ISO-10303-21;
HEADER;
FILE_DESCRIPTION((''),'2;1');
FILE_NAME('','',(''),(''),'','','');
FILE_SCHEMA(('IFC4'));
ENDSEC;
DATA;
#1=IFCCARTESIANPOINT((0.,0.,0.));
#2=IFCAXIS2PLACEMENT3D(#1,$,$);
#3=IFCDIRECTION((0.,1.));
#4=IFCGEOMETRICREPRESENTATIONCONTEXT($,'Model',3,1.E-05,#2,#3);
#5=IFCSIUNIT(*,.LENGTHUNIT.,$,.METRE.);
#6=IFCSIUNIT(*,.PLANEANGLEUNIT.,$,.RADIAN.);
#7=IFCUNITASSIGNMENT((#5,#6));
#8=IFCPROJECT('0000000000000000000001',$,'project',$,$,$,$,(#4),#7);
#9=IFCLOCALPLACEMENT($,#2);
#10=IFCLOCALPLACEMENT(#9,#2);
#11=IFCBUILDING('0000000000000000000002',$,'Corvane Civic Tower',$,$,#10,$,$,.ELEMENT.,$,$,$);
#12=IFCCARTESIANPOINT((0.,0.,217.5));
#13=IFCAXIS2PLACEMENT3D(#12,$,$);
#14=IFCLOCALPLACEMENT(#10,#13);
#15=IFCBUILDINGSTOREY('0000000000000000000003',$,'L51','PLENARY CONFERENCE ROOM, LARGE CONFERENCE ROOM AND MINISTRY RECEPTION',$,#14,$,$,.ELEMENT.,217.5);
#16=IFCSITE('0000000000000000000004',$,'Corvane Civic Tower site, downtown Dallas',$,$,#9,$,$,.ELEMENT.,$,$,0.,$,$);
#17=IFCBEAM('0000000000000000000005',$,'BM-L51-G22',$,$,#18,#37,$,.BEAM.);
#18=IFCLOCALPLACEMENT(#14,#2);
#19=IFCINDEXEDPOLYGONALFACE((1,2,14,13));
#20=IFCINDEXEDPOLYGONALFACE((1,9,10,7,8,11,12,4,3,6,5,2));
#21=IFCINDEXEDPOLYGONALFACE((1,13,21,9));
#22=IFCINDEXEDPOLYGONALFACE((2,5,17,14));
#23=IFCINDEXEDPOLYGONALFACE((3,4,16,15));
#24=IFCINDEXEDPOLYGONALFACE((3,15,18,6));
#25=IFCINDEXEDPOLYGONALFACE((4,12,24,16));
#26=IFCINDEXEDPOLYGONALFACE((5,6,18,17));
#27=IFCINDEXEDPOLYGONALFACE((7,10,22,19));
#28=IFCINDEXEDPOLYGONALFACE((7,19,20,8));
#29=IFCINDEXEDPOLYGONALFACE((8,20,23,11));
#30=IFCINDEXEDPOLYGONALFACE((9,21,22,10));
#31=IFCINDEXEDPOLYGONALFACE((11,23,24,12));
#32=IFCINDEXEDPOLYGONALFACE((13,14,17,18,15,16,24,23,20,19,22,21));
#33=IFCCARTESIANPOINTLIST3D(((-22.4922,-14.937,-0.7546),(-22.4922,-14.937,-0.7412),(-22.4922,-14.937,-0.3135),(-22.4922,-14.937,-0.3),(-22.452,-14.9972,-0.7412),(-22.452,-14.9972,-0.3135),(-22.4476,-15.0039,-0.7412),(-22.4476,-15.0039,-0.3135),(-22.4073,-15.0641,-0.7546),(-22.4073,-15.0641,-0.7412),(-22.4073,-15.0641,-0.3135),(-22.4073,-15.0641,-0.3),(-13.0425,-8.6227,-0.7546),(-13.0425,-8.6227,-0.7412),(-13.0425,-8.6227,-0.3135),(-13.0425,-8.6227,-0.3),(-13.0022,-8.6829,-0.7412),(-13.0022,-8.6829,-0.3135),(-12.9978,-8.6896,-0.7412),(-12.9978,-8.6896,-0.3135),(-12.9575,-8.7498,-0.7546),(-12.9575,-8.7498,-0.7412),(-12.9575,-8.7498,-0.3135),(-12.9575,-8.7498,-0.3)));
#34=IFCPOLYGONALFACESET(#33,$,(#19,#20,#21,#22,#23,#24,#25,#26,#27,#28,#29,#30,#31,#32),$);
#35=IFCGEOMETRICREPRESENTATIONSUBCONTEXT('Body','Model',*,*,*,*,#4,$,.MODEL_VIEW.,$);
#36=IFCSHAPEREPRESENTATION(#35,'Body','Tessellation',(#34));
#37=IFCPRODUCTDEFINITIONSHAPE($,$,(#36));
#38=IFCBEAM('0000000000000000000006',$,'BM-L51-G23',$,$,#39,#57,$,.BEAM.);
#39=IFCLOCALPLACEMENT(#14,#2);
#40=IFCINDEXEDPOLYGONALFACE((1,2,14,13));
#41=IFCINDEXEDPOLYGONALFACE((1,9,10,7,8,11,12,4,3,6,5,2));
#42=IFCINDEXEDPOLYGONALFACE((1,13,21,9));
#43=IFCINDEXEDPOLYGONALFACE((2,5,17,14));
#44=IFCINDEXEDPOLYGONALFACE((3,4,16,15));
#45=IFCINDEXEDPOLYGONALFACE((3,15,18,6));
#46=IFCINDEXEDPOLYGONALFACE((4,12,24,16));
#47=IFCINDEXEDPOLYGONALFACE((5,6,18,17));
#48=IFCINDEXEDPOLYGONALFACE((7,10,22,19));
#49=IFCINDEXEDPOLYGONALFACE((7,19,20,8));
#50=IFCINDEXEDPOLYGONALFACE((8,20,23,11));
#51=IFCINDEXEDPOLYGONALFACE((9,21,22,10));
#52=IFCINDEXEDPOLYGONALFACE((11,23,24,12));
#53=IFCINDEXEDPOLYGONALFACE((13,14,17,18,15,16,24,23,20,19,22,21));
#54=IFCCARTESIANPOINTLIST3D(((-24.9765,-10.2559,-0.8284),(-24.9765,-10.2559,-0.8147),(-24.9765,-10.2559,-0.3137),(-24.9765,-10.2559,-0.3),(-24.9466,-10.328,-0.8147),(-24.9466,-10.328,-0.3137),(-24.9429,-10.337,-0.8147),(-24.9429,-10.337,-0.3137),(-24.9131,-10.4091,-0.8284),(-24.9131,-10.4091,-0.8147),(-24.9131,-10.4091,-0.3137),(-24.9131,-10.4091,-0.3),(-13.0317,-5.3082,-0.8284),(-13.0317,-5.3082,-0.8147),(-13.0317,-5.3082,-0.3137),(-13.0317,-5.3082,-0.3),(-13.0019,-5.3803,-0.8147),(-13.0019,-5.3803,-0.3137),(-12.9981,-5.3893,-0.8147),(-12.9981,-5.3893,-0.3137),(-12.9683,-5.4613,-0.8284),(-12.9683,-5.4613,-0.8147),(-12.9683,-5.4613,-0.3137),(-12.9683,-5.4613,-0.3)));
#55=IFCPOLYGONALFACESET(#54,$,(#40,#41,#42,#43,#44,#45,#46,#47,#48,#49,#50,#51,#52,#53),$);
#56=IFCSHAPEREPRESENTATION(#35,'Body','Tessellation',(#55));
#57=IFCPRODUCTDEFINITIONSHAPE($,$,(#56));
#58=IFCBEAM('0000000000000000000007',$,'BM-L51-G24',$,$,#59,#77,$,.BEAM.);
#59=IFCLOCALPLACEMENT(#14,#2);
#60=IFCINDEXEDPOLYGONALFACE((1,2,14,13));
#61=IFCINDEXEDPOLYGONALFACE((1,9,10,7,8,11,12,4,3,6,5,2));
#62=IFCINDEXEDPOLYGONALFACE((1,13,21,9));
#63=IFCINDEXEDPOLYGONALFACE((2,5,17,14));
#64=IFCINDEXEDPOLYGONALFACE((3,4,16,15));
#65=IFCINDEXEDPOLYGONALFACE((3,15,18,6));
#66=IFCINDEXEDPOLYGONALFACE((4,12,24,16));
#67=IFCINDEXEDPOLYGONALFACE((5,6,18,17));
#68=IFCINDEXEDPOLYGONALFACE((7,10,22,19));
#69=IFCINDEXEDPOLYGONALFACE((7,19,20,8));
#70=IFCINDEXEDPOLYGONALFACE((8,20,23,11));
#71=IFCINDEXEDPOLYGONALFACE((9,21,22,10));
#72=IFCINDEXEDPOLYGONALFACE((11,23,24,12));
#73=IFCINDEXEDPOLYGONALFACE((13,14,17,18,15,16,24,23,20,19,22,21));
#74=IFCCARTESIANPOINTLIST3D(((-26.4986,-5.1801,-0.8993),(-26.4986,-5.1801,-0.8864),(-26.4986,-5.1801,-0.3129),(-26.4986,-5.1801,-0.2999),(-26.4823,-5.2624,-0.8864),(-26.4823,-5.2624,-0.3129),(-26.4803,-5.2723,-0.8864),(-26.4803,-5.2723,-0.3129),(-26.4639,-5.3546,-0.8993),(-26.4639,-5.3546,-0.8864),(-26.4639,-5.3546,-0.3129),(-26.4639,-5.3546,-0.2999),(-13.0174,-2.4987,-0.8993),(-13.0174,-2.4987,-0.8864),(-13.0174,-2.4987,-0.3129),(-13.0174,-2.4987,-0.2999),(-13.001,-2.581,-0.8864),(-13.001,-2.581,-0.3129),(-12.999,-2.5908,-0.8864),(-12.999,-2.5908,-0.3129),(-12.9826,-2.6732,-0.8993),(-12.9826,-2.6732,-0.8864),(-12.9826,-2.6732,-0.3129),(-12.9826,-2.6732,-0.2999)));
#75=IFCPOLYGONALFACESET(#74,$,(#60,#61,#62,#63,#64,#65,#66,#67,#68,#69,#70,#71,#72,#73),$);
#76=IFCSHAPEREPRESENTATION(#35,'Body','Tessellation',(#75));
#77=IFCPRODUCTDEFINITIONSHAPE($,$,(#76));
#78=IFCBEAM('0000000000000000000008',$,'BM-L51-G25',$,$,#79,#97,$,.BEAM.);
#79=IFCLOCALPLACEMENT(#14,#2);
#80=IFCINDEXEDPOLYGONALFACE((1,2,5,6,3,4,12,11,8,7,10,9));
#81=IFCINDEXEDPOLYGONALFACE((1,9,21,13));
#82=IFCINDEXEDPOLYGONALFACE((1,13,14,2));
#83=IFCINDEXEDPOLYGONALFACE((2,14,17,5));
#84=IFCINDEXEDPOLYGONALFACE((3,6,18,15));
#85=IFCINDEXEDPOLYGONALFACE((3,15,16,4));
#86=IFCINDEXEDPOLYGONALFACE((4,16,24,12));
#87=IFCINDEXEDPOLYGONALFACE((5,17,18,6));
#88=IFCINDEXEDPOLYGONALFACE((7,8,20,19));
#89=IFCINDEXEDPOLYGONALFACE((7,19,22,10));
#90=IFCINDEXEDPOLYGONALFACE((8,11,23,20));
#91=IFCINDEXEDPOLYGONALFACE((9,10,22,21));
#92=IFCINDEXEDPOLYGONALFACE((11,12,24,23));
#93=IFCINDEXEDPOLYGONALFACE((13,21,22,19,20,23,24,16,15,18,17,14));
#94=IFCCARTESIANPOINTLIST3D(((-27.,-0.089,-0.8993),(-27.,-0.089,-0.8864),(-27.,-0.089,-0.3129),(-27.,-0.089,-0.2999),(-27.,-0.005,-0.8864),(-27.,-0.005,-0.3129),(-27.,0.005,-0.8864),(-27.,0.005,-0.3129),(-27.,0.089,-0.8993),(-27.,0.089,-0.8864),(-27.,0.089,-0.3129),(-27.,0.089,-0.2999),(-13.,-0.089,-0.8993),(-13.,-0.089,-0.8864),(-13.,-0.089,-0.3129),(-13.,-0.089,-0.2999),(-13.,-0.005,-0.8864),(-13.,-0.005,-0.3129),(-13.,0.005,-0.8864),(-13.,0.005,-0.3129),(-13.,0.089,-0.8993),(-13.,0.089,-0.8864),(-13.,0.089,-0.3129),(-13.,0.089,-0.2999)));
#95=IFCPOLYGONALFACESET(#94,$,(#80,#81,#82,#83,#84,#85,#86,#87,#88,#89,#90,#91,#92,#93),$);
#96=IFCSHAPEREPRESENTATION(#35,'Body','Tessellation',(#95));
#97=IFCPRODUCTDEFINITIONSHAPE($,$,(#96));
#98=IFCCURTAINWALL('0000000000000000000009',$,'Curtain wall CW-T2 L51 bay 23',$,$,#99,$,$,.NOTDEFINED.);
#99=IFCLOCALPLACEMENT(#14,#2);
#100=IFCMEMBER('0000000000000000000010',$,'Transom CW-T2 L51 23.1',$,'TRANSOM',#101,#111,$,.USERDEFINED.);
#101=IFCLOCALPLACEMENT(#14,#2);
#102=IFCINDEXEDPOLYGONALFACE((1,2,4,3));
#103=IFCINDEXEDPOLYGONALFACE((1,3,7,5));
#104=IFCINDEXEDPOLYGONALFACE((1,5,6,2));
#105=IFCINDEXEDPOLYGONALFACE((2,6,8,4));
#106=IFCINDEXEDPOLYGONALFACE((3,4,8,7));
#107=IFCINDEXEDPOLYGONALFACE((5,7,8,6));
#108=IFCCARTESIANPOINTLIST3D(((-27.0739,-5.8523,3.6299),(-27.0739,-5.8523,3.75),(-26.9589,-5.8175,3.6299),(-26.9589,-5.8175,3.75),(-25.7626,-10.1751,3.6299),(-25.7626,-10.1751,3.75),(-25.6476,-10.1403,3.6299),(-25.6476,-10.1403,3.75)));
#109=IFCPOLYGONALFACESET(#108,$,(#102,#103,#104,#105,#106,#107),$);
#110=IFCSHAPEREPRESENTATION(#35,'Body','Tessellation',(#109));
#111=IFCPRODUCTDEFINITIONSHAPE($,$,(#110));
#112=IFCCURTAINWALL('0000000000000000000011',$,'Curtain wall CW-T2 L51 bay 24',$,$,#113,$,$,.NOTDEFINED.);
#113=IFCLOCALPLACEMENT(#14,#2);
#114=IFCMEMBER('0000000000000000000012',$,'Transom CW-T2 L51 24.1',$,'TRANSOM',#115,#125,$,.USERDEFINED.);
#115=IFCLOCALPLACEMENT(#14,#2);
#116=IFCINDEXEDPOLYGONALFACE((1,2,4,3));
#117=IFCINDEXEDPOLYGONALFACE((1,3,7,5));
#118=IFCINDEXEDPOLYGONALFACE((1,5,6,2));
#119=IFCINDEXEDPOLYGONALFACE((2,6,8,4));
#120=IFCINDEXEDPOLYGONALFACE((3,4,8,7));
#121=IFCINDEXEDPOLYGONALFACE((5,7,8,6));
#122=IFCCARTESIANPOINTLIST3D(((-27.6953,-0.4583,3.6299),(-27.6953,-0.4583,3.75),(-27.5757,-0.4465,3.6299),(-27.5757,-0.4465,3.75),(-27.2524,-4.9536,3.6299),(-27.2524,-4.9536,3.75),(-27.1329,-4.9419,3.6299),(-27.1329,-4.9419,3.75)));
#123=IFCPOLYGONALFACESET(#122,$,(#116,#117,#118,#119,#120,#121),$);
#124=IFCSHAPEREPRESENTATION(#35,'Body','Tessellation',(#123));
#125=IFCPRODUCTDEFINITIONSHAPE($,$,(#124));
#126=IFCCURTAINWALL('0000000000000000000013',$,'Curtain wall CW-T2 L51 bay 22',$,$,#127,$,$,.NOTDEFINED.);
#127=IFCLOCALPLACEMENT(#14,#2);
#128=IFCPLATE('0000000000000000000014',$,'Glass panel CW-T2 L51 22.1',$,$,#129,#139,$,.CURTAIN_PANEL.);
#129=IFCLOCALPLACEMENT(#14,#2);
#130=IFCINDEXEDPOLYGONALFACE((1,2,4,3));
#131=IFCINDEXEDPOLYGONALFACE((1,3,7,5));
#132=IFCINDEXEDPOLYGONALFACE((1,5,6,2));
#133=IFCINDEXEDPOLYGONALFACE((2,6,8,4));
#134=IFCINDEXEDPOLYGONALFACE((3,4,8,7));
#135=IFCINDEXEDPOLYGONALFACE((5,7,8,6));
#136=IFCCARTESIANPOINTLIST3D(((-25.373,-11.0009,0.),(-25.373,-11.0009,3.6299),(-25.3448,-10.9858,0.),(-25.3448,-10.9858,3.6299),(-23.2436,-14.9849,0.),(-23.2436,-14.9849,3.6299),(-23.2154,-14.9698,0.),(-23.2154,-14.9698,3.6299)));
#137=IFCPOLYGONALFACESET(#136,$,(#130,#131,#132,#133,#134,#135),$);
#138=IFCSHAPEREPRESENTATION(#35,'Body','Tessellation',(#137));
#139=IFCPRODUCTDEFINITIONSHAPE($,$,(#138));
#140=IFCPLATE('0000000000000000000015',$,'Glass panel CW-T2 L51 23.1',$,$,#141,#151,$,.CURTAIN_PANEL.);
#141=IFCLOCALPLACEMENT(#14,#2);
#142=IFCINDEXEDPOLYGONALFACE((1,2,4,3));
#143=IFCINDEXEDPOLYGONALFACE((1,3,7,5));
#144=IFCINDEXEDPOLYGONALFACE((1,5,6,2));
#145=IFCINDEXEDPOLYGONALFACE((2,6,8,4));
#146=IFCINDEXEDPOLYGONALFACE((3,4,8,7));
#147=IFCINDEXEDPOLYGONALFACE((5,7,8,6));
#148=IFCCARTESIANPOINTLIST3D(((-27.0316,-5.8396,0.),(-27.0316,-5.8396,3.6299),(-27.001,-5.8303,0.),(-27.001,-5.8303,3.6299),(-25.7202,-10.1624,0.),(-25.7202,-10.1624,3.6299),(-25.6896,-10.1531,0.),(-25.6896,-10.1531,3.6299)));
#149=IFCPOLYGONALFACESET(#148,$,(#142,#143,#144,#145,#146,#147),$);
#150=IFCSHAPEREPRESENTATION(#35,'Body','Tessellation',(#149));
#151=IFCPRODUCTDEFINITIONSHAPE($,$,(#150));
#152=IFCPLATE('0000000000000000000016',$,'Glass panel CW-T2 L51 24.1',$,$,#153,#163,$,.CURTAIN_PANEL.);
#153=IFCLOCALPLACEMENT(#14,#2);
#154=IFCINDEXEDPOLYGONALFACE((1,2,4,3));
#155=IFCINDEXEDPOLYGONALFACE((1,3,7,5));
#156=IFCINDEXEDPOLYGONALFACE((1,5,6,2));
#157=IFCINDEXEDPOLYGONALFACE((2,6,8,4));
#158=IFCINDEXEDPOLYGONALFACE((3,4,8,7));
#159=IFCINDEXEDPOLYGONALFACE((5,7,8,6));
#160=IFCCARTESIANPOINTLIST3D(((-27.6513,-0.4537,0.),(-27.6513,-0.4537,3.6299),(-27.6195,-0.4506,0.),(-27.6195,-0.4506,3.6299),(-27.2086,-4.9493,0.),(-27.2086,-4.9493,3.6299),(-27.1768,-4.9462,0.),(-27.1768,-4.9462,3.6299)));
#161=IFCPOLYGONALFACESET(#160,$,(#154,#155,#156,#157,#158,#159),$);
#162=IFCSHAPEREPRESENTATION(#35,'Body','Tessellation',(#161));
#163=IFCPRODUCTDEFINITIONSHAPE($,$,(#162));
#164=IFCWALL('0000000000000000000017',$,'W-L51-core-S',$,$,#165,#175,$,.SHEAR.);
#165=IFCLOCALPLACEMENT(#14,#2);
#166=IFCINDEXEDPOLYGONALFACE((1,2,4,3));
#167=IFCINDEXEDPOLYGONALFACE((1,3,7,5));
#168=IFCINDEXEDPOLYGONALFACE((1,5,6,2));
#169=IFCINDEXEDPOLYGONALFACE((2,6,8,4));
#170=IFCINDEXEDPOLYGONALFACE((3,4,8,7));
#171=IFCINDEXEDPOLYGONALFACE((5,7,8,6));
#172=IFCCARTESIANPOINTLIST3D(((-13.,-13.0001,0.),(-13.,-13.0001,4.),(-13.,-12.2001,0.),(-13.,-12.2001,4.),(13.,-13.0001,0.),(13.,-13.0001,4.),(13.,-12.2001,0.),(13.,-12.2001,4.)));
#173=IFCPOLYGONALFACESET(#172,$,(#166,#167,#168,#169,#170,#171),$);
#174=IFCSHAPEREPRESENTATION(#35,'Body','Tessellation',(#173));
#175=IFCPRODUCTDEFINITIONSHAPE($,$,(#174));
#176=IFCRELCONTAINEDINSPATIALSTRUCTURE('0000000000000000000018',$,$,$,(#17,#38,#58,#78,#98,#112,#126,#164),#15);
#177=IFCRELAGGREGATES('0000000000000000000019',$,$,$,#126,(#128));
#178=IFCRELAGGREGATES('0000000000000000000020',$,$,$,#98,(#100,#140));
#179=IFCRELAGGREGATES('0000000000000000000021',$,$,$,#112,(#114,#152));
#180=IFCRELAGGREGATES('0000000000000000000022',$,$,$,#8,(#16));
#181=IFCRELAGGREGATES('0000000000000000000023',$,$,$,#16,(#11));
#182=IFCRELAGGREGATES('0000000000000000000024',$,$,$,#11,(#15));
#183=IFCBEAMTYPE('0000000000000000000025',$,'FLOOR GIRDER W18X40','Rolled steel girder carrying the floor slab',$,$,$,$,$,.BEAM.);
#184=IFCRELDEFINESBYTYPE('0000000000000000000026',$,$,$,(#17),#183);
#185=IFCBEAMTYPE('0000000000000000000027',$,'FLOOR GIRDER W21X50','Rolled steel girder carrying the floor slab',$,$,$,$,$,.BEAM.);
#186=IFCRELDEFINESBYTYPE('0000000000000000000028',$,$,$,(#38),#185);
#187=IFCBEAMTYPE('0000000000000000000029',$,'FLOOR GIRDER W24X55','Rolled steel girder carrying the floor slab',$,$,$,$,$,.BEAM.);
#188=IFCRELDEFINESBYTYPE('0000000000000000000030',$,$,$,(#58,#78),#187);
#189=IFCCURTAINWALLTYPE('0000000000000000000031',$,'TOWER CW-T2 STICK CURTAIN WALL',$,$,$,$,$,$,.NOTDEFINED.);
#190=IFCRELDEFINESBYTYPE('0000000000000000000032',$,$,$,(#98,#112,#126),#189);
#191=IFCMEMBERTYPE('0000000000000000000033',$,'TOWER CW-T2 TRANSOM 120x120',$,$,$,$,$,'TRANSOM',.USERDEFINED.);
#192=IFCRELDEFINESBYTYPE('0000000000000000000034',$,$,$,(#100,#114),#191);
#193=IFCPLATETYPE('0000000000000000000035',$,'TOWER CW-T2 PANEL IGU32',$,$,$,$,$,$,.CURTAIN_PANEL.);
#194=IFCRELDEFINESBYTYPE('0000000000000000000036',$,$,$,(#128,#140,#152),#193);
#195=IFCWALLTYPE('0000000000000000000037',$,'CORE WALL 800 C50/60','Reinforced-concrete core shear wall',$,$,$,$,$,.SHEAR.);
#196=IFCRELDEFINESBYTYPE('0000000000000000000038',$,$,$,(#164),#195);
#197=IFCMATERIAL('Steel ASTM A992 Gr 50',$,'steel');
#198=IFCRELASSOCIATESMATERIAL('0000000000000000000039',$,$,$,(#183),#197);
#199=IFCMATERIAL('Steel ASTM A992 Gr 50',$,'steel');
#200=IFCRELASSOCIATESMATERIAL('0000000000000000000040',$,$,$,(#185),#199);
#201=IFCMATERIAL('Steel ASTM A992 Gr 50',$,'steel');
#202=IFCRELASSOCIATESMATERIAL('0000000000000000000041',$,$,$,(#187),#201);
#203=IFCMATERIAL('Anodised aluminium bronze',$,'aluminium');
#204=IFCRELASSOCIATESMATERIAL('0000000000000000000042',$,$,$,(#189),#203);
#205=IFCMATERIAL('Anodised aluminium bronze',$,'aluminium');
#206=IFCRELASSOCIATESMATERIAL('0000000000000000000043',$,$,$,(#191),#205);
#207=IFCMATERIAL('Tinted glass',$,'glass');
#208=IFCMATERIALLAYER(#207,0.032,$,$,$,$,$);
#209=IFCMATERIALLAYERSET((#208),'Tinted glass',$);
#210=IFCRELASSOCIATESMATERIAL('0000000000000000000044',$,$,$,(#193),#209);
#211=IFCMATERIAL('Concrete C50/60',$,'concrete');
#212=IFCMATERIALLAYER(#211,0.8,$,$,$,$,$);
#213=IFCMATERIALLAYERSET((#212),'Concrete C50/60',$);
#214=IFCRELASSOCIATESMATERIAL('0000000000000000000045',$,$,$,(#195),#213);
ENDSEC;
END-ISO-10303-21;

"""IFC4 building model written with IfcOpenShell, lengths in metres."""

from ifc_helpers import new_model, si_unit, direction, frame, frame_2d, origin, origin_2d, place, context, subcontext, project, spatial, rectangle, i_section, extrude, material, layer, layer_set, material_profile, profile_set, type_object, element, aggregate, save


model = new_model("IFC4")

# Units and contexts
model_context = context("Model", 3, precision=1e-05, world=origin(), true_north=direction((0.0, 1.0)))
body_context = subcontext(model_context, "Body", "Model", "MODEL_VIEW")
ifc_project = project(units=[si_unit("LENGTHUNIT", "METRE"), si_unit("PLANEANGLEUNIT", "RADIAN")], contexts=[model_context])

# Site, building, storey
site_placement = place(None, origin())
site = spatial("IfcSite", under=ifc_project, at=site_placement, Name="Corvane Civic Tower site, downtown Dallas", CompositionType="ELEMENT", RefElevation=0.0)
building_placement = place(site_placement, origin())
building = spatial("IfcBuilding", under=site, at=building_placement, Name="Corvane Civic Tower", CompositionType="ELEMENT")
storey_placement = place(building_placement, frame((0.0, 0.0, 217.5)))
storey = spatial("IfcBuildingStorey", under=building, at=storey_placement, Name="L51", Description="PLENARY CONFERENCE ROOM, LARGE CONFERENCE ROOM AND MINISTRY RECEPTION", CompositionType="ELEMENT", Elevation=217.5)

# Beams
ifc_material_1 = material(Name="Steel ASTM A992 Gr 50", Category="steel")
ifc_material_profile_1 = material_profile(ifc_material_1, i_section(OverallWidth=0.1528, OverallDepth=0.4546, WebThickness=0.0081, FlangeThickness=0.0134, at=origin_2d()), Name="W18X40")
ifc_profile_set_1 = profile_set([ifc_material_profile_1], Name="Steel ASTM A992 Gr 50")
beam_type_1 = type_object("IfcBeamType", Name="FLOOR GIRDER W18X40", Description="Rolled steel girder carrying the floor slab", PredefinedType="BEAM", material=ifc_profile_set_1)
beam_1_placement = place(storey_placement, frame((-13.0, -8.6863, -0.5273), z_axis=(-0.831465, -0.555577, 0.0), x_axis=(0.555577, -0.831465, 0.0)))
element("IfcBeam", 1, at=beam_1_placement, inside=storey, type_object=beam_type_1, Name="BM-L51-G22", PredefinedType="BEAM", context=body_context, shape_type="SweptSolid", body=[
    extrude(i_section(OverallWidth=0.1528, OverallDepth=0.4546, WebThickness=0.0081, FlangeThickness=0.0134, at=origin_2d()), origin(), (0.0, 0.0, 1.0), 11.3652),
])
ifc_material_2 = material(Name="Steel ASTM A992 Gr 50", Category="steel")
ifc_material_profile_2 = material_profile(ifc_material_2, i_section(OverallWidth=0.1658, OverallDepth=0.5283, WebThickness=0.0098, FlangeThickness=0.0137, at=origin_2d()), Name="W21X50")
ifc_profile_set_2 = profile_set([ifc_material_profile_2], Name="Steel ASTM A992 Gr 50")
beam_type_2 = type_object("IfcBeamType", Name="FLOOR GIRDER W21X50", Description="Rolled steel girder carrying the floor slab", PredefinedType="BEAM", material=ifc_profile_set_2)
beam_2_placement = place(storey_placement, frame((-13.0, -5.3848, -0.5642), z_axis=(-0.923878, -0.382686, 0.0), x_axis=(0.382686, -0.923878, 0.0)))
element("IfcBeam", 2, at=beam_2_placement, inside=storey, type_object=beam_type_2, Name="BM-L51-G23", PredefinedType="BEAM", context=body_context, shape_type="SweptSolid", body=[
    extrude(i_section(OverallWidth=0.1658, OverallDepth=0.5283, WebThickness=0.0098, FlangeThickness=0.0137, at=origin_2d()), origin(), (0.0, 0.0, 1.0), 12.929),
])
ifc_material_3 = material(Name="Steel ASTM A992 Gr 50", Category="steel")
ifc_material_profile_3 = material_profile(ifc_material_3, i_section(OverallWidth=0.178, OverallDepth=0.5994, WebThickness=0.01, FlangeThickness=0.0129, at=origin_2d()), Name="W24X55")
ifc_profile_set_3 = profile_set([ifc_material_profile_3], Name="Steel ASTM A992 Gr 50")
beam_type_3 = type_object("IfcBeamType", Name="FLOOR GIRDER W24X55", Description="Rolled steel girder carrying the floor slab", PredefinedType="BEAM", material=ifc_profile_set_3)
beam_3_placement = place(storey_placement, frame((-13.0, -2.5859, -0.5996), z_axis=(-0.980788, -0.195078, 0.0), x_axis=(0.195078, -0.980788, 0.0)))
element("IfcBeam", 3, at=beam_3_placement, inside=storey, type_object=beam_type_3, Name="BM-L51-G24", PredefinedType="BEAM", context=body_context, shape_type="SweptSolid", body=[
    extrude(i_section(OverallWidth=0.178, OverallDepth=0.5994, WebThickness=0.01, FlangeThickness=0.0129, at=origin_2d()), origin(), (0.0, 0.0, 1.0), 13.7454),
])
beam_4_placement = place(storey_placement, frame((-13.0, 0.0, -0.5996), z_axis=(-1.0, 0.0, 0.0), x_axis=(0.0, -1.0, 0.0)))
element("IfcBeam", 4, at=beam_4_placement, inside=storey, type_object=beam_type_3, Name="BM-L51-G25", PredefinedType="BEAM", context=body_context, shape_type="SweptSolid", body=[
    extrude(i_section(OverallWidth=0.178, OverallDepth=0.5994, WebThickness=0.01, FlangeThickness=0.0129, at=origin_2d()), origin(), (0.0, 0.0, 1.0), 14.0),
])

# Curtain walls, members
ifc_material_4 = material(Name="Anodised aluminium bronze", Category="aluminium")
curtain_wall_type = type_object("IfcCurtainWallType", Name="TOWER CW-T2 STICK CURTAIN WALL", PredefinedType="NOTDEFINED", material=ifc_material_4)
curtain_wall_1_placement = place(storey_placement, origin())
curtain_wall_1 = element("IfcCurtainWall", 5, at=curtain_wall_1_placement, inside=storey, type_object=curtain_wall_type, Name="Curtain wall CW-T2 L51 bay 23", PredefinedType="NOTDEFINED")
ifc_material_5 = material(Name="Anodised aluminium bronze", Category="aluminium")
ifc_material_profile_4 = material_profile(ifc_material_5, rectangle(XDim=0.1201, YDim=0.1201, at=origin_2d()), Name="TOWER CW-T2 TRANSOM 120x120")
ifc_profile_set_4 = profile_set([ifc_material_profile_4], Name="Anodised aluminium bronze")
member_type = type_object("IfcMemberType", Name="TOWER CW-T2 TRANSOM 120x120", ElementType="TRANSOM", PredefinedType="USERDEFINED", material=ifc_profile_set_4)
member_1_placement = place(storey_placement, frame((-25.7051, -10.1577, 3.6899), z_axis=(-0.290282, 0.956941, 0.0), x_axis=(-0.956941, -0.290282, 0.0)))
member_1 = element("IfcMember", 6, at=member_1_placement, type_object=member_type, Name="Transom CW-T2 L51 23.1", ObjectType="TRANSOM", PredefinedType="USERDEFINED", context=body_context, shape_type="SweptSolid", body=[
    extrude(rectangle(XDim=0.1201, YDim=0.1201, at=origin_2d()), origin(), (0.0, 0.0, 1.0), 4.5173),
])
curtain_wall_2_placement = place(storey_placement, origin())
curtain_wall_2 = element("IfcCurtainWall", 7, at=curtain_wall_2_placement, inside=storey, type_object=curtain_wall_type, Name="Curtain wall CW-T2 L51 bay 24", PredefinedType="NOTDEFINED")
member_2_placement = place(storey_placement, frame((-27.1926, -4.9478, 3.6899), z_axis=(-0.098043, 0.995182, 0.0), x_axis=(-0.995182, -0.098043, 0.0)))
member_2 = element("IfcMember", 8, at=member_2_placement, type_object=member_type, Name="Transom CW-T2 L51 24.1", ObjectType="TRANSOM", PredefinedType="USERDEFINED", context=body_context, shape_type="SweptSolid", body=[
    extrude(rectangle(XDim=0.1201, YDim=0.1201, at=origin_2d()), origin(), (0.0, 0.0, 1.0), 4.5171),
])

# Curtain wall, plate
curtain_wall_3_placement = place(storey_placement, origin())
curtain_wall_3 = element("IfcCurtainWall", 9, at=curtain_wall_3_placement, inside=storey, type_object=curtain_wall_type, Name="Curtain wall CW-T2 L51 bay 22", PredefinedType="NOTDEFINED")
ifc_material_6 = material(Name="Tinted glass", Category="glass")
ifc_layer_1 = layer(ifc_material_6, 0.032)
ifc_layer_set_1 = layer_set([ifc_layer_1], Name="Tinted glass")
plate_type = type_object("IfcPlateType", Name="TOWER CW-T2 PANEL IGU32", PredefinedType="CURTAIN_PANEL", material=ifc_layer_set_1)
plate_1_placement = place(storey_placement, frame((-24.2942, -12.9854, 0.0), z_axis=(0.0, 0.0, 1.0), x_axis=(-0.471398, 0.88192, 0.0)))
plate_1 = element("IfcPlate", 10, at=plate_1_placement, type_object=plate_type, Name="Glass panel CW-T2 L51 22.1", PredefinedType="CURTAIN_PANEL", context=body_context, shape_type="SweptSolid", body=[
    extrude(rectangle(XDim=4.5173, YDim=0.032, at=origin_2d()), origin(), (0.0, 0.0, 1.0), 3.6299),
])
aggregate(curtain_wall_3, [plate_1])

# Plates
plate_2_placement = place(storey_placement, frame((-26.3606, -7.9963, 0.0), z_axis=(0.0, 0.0, 1.0), x_axis=(-0.29029, 0.956939, 0.0)))
plate_2 = element("IfcPlate", 11, at=plate_2_placement, type_object=plate_type, Name="Glass panel CW-T2 L51 23.1", PredefinedType="CURTAIN_PANEL", context=body_context, shape_type="SweptSolid", body=[
    extrude(rectangle(XDim=4.5173, YDim=0.032, at=origin_2d()), origin(), (0.0, 0.0, 1.0), 3.6299),
])
aggregate(curtain_wall_1, [member_1, plate_2])
plate_3_placement = place(storey_placement, frame((-27.4141, -2.7, 0.0), z_axis=(0.0, 0.0, 1.0), x_axis=(-0.097993, 0.995187, 0.0)))
plate_3 = element("IfcPlate", 12, at=plate_3_placement, type_object=plate_type, Name="Glass panel CW-T2 L51 24.1", PredefinedType="CURTAIN_PANEL", context=body_context, shape_type="SweptSolid", body=[
    extrude(rectangle(XDim=4.5173, YDim=0.032, at=origin_2d()), origin(), (0.0, 0.0, 1.0), 3.6299),
])
aggregate(curtain_wall_2, [member_2, plate_3])

# Wall
ifc_material_7 = material(Name="Concrete C50/60", Category="concrete")
ifc_layer_2 = layer(ifc_material_7, 0.8)
ifc_layer_set_2 = layer_set([ifc_layer_2], Name="Concrete C50/60")
wall_type_1 = type_object("IfcWallType", Name="CORE WALL 800 C50/60", Description="Reinforced-concrete core shear wall", PredefinedType="SHEAR", material=ifc_layer_set_2)
wall_1_placement = place(storey_placement, frame((-13.0, -12.6001, 0.0), z_axis=(0.0, 0.0, 1.0), x_axis=(1.0, 0.0, 0.0)))
element("IfcWall", 13, at=wall_1_placement, inside=storey, type_object=wall_type_1, Name="W-L51-core-S", PredefinedType="SHEAR", context=body_context, shape_type="SweptSolid", body=[
    extrude(rectangle(XDim=26.0, YDim=0.8, at=frame_2d((13.0, 0.0))), origin(), (0.0, 0.0, 1.0), 4.0),
])

save(model, "model.ifc")
